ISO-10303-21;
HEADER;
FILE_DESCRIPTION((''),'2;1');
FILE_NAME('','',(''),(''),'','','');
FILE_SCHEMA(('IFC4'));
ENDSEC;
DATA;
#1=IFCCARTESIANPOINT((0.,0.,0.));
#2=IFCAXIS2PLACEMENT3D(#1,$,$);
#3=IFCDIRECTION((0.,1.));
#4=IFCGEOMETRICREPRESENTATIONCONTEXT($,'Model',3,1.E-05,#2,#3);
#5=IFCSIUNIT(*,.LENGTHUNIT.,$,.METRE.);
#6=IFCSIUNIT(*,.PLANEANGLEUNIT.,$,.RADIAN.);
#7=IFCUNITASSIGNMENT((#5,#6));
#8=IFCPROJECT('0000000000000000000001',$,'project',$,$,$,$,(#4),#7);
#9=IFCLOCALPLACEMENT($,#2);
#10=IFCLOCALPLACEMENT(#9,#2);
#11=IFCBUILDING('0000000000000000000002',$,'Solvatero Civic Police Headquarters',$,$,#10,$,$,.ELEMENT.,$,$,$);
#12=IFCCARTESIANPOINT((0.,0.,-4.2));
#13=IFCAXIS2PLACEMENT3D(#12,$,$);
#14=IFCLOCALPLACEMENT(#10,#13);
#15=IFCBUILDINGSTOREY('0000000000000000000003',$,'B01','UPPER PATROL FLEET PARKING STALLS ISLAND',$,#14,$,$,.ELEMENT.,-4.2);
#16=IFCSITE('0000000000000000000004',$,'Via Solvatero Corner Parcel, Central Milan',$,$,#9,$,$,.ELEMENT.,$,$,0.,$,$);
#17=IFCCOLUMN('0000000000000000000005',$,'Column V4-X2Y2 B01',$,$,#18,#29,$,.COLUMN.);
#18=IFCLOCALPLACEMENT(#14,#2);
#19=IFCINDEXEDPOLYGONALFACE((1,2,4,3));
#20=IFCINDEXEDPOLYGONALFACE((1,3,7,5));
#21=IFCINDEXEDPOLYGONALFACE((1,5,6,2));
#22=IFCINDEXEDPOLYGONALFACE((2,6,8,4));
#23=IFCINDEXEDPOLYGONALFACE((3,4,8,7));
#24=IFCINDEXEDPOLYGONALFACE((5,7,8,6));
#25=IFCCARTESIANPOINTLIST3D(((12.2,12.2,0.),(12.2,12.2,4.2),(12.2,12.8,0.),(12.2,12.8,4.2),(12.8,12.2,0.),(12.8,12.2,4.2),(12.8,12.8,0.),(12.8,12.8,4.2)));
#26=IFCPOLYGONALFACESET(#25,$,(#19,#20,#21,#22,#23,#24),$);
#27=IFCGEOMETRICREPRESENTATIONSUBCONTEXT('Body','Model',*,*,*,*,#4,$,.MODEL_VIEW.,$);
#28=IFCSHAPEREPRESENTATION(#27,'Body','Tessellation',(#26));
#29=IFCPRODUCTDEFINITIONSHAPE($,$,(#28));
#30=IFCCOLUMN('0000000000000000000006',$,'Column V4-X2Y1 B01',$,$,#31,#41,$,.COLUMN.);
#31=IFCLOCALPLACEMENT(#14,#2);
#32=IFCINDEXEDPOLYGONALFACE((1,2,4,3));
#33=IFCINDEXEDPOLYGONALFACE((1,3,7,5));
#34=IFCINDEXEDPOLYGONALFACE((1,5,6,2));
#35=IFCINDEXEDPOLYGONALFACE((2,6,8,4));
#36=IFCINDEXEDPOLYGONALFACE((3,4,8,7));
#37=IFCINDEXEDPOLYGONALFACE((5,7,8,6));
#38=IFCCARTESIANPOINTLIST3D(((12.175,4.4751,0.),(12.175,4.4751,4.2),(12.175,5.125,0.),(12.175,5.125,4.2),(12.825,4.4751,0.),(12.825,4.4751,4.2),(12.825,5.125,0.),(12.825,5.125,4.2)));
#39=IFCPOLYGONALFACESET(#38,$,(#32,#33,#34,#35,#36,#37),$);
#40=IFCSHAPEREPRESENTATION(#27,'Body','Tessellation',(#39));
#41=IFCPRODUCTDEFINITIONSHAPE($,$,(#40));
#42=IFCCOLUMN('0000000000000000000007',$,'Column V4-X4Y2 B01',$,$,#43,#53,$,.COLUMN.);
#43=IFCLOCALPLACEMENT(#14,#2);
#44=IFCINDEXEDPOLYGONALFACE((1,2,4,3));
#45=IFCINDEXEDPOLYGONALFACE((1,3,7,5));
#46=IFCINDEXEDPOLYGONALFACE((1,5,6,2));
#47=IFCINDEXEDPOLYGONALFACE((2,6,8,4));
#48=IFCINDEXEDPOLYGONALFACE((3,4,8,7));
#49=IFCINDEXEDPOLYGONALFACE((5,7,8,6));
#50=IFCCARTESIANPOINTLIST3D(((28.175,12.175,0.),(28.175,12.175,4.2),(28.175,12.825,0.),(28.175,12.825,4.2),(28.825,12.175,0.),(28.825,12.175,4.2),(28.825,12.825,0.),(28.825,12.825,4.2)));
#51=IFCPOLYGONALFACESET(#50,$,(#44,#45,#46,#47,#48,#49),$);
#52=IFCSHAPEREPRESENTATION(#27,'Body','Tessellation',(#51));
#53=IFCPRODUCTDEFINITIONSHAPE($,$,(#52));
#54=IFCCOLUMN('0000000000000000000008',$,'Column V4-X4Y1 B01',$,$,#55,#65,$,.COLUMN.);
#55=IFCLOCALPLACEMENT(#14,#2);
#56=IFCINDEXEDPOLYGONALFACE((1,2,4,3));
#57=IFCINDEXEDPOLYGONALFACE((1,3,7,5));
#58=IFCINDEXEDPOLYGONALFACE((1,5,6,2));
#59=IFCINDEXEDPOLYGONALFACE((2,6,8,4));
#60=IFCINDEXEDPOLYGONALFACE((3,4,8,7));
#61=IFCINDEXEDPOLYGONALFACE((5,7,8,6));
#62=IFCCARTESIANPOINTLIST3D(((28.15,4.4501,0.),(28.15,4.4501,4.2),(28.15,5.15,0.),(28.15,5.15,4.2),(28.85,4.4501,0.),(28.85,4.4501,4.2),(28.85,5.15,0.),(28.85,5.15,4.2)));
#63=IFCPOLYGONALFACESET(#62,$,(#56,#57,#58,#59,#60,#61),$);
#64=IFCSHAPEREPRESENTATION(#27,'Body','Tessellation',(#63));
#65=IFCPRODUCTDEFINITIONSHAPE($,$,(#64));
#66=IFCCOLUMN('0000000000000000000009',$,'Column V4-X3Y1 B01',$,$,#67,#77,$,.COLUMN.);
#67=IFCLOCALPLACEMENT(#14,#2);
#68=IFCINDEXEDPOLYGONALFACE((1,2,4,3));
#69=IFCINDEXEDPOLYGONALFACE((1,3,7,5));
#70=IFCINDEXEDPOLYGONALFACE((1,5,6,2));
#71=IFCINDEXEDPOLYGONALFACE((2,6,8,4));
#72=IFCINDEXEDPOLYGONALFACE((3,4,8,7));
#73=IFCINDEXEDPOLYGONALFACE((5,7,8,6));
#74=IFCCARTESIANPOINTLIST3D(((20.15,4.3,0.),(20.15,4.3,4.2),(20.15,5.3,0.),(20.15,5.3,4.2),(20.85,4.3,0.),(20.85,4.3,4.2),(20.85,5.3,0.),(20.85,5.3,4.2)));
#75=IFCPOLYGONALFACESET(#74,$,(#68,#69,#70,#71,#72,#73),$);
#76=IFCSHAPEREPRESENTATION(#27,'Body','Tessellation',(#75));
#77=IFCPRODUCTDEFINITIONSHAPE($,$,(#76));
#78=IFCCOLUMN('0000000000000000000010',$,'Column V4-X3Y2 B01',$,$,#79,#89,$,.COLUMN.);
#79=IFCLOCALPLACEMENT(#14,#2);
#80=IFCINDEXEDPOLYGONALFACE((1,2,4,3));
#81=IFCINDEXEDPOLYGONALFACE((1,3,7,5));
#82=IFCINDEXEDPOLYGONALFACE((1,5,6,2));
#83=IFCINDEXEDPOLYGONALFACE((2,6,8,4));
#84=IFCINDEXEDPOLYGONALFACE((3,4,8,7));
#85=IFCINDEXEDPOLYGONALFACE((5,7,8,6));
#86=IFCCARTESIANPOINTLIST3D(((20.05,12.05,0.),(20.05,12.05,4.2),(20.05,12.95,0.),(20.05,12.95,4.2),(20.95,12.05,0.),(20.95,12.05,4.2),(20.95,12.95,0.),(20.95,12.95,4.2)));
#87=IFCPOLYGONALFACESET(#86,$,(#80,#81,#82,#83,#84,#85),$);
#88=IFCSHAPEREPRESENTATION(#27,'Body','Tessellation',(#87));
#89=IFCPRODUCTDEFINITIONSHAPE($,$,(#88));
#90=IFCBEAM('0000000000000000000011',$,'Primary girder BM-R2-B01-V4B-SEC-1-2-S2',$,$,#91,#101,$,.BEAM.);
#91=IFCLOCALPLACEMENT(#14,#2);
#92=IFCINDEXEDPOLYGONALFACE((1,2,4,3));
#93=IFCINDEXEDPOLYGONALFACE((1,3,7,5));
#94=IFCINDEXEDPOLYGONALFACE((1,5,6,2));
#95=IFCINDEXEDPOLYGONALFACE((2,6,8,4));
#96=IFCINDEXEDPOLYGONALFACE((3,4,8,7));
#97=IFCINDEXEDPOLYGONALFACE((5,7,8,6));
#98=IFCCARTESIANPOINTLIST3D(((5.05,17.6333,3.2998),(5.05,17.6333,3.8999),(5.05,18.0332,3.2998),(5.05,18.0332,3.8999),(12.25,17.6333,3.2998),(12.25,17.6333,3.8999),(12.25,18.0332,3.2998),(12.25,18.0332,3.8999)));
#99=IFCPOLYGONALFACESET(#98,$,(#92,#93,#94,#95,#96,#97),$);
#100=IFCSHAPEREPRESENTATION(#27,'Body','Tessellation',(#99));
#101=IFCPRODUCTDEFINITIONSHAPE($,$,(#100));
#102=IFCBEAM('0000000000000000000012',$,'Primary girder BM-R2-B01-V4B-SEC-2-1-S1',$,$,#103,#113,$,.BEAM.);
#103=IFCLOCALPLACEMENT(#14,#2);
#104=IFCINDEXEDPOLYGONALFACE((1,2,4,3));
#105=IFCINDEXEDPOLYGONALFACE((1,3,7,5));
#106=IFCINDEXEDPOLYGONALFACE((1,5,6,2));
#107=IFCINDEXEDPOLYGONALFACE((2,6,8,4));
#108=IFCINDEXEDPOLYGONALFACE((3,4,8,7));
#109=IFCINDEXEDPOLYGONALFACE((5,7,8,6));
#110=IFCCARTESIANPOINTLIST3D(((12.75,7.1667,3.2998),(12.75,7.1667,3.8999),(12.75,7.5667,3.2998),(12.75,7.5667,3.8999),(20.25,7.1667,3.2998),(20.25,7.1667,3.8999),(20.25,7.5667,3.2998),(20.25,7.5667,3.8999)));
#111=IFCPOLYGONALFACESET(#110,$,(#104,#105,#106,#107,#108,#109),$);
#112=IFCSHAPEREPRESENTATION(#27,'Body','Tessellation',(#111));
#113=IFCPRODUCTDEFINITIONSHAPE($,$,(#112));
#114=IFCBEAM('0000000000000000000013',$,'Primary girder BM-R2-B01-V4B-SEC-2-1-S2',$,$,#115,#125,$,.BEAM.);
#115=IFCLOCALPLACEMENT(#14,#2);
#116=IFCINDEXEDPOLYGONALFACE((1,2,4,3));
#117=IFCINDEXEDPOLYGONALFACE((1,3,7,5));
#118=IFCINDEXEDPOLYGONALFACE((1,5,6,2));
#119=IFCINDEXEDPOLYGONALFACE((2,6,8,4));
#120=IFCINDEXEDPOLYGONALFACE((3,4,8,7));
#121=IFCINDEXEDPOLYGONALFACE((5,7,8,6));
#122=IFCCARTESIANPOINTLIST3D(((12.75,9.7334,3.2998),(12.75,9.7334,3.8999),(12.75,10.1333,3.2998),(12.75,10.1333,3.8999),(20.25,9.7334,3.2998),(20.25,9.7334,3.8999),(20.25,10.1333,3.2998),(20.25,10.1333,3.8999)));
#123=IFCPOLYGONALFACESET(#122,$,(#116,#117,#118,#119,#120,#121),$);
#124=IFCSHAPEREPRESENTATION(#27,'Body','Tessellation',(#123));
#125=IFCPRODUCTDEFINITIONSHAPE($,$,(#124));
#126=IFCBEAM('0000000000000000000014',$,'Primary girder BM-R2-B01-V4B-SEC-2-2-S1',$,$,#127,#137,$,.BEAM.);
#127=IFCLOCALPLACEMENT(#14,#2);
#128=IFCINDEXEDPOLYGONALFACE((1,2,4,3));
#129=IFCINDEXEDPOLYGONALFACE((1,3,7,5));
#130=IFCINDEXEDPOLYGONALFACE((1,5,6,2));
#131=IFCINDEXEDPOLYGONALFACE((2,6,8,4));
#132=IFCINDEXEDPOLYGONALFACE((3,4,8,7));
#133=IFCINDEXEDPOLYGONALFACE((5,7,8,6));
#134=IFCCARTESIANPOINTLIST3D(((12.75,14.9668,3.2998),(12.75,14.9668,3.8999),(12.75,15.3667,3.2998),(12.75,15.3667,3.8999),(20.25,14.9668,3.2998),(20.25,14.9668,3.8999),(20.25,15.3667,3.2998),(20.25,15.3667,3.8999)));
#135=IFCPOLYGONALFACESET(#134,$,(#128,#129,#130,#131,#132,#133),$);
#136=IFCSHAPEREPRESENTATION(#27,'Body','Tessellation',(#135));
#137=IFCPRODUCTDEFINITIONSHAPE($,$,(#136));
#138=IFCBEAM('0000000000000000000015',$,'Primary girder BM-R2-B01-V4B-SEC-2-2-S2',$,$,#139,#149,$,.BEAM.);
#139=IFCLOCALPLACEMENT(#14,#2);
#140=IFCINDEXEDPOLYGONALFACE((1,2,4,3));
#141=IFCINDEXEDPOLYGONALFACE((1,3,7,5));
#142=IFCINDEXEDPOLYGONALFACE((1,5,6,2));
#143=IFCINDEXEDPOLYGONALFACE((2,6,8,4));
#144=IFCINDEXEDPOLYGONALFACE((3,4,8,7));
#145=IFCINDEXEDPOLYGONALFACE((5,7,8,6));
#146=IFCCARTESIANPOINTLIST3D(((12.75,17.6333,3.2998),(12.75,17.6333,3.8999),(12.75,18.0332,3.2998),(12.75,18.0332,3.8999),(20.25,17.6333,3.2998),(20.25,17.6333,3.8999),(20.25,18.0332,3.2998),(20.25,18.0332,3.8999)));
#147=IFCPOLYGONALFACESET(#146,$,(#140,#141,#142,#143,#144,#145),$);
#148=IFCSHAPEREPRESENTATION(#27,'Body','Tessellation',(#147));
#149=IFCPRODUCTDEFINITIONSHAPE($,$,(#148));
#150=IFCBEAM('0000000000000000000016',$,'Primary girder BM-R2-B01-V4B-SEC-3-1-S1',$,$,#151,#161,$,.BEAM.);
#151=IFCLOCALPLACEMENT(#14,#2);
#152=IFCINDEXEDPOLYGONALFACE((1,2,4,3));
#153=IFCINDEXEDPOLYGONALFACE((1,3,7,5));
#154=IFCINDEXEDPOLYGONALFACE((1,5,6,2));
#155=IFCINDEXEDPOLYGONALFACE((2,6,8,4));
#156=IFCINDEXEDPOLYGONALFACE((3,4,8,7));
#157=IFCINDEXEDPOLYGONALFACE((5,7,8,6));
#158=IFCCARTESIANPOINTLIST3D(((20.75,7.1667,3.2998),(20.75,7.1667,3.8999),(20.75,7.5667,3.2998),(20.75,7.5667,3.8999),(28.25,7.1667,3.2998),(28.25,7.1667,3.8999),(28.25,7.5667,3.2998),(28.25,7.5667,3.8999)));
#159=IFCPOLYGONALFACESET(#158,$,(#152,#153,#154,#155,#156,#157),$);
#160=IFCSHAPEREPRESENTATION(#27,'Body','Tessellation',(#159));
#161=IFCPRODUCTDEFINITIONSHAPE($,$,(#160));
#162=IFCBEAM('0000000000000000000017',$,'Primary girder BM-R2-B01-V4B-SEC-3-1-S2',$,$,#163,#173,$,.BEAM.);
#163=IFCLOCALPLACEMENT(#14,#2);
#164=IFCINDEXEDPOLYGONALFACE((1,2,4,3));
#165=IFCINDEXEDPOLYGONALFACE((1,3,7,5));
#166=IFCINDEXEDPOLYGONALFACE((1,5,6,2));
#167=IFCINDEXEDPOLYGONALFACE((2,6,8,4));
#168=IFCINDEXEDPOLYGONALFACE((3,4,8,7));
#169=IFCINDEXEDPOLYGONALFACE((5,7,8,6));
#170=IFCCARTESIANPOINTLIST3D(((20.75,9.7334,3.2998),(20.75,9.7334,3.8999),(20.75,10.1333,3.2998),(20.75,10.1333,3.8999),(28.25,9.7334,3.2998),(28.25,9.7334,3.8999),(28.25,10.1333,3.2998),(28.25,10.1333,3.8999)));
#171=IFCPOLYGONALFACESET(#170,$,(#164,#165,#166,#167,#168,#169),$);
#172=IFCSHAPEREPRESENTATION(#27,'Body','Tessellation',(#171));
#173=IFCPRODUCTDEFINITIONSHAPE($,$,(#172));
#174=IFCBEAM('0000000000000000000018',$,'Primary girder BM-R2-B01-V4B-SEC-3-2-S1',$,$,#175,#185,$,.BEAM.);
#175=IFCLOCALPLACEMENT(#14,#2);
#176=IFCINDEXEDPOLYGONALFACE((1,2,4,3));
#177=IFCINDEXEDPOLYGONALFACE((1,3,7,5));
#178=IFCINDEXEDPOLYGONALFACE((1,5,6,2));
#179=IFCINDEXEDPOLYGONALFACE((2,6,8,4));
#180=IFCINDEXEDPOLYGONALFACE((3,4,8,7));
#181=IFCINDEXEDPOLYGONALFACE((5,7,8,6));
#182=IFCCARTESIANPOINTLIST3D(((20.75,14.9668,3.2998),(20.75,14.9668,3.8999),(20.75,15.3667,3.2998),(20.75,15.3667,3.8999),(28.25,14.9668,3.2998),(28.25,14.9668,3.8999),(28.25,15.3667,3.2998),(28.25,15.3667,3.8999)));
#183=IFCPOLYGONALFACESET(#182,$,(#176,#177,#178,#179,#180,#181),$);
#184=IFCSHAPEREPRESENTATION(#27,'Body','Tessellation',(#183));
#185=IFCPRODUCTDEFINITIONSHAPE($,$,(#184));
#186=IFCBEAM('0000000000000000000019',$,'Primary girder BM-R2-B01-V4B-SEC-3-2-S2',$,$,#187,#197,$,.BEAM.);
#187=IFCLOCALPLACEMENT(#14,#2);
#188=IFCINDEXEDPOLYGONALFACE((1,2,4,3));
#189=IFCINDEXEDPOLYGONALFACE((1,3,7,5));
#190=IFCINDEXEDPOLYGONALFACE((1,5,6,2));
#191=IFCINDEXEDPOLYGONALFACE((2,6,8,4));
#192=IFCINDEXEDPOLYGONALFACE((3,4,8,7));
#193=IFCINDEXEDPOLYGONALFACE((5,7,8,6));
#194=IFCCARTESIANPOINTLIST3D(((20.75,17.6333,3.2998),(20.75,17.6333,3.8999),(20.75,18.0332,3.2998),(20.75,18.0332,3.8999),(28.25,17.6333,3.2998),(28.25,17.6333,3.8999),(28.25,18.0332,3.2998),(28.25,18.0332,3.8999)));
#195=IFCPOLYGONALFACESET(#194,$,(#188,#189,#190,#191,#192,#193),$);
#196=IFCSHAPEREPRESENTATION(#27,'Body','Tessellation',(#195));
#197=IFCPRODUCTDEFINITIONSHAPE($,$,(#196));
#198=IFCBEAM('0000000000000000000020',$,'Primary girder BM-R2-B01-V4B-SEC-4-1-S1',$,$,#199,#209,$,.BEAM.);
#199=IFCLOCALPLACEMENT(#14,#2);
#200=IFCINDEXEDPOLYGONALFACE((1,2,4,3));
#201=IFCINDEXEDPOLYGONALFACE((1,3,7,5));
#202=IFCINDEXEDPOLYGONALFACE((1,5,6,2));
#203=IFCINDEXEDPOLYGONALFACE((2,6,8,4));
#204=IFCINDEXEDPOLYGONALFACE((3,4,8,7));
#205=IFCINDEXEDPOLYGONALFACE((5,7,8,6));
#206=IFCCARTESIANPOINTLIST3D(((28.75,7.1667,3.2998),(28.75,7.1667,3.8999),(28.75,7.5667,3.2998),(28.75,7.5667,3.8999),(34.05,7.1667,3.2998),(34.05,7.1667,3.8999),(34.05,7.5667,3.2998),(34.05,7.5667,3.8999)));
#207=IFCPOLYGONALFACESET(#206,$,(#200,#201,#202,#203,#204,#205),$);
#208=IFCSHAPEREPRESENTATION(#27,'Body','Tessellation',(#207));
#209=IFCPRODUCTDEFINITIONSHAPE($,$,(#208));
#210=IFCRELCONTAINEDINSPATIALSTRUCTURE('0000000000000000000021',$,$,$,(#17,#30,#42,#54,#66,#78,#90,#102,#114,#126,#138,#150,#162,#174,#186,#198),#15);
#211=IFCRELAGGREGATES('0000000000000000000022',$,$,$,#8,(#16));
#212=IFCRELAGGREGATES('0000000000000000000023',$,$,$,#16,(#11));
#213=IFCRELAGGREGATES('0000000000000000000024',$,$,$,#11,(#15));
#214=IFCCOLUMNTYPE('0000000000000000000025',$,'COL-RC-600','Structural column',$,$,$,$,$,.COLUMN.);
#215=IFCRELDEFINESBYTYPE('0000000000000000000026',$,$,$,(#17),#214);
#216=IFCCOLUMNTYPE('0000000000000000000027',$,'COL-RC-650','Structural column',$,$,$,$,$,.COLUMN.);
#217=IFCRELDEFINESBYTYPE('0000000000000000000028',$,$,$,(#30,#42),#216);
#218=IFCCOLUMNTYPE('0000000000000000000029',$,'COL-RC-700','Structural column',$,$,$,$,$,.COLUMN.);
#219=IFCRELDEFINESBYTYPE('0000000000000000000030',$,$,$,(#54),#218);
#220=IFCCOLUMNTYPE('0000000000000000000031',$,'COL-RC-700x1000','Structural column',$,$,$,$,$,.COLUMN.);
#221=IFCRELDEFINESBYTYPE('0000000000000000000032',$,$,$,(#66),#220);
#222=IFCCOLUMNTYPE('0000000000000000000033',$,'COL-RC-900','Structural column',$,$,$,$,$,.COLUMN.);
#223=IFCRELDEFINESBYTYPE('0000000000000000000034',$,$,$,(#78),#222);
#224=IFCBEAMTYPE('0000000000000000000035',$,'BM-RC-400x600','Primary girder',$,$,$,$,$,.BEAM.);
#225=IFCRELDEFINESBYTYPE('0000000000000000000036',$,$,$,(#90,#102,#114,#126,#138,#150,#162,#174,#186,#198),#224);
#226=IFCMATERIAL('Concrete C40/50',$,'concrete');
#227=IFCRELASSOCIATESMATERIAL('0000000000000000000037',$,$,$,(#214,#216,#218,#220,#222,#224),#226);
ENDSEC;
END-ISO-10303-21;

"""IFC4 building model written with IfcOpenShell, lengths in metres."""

from ifc_helpers import new_model, si_unit, direction, frame, origin, origin_2d, place, context, subcontext, project, spatial, rectangle, extrude, material, material_profile, profile_set, type_object, element, save


model = new_model("IFC4")

# Units and contexts
model_context = context("Model", 3, precision=1e-05, world=origin(), true_north=direction((0.0, 1.0)))
body_context = subcontext(model_context, "Body", "Model", "MODEL_VIEW")
ifc_project = project(units=[si_unit("LENGTHUNIT", "METRE"), si_unit("PLANEANGLEUNIT", "RADIAN")], contexts=[model_context])

# Site, building, storey
site_placement = place(None, origin())
site = spatial("IfcSite", under=ifc_project, at=site_placement, Name="Via Solvatero Corner Parcel, Central Milan", CompositionType="ELEMENT", RefElevation=0.0)
building_placement = place(site_placement, origin())
building = spatial("IfcBuilding", under=site, at=building_placement, Name="Solvatero Civic Police Headquarters", CompositionType="ELEMENT")
storey_placement = place(building_placement, frame((0.0, 0.0, -4.2)))
storey = spatial("IfcBuildingStorey", under=building, at=storey_placement, Name="B01", Description="UPPER PATROL FLEET PARKING STALLS ISLAND", CompositionType="ELEMENT", Elevation=-4.2)

# Columns
ifc_material = material(Name="Concrete C40/50", Category="concrete")
ifc_material_profile_1 = material_profile(ifc_material, rectangle(XDim=0.6001, YDim=0.6001, at=origin_2d()), Name="RC 600x600")
ifc_profile_set_1 = profile_set([ifc_material_profile_1], Name="Concrete C40/50")
column_type_1 = type_object("IfcColumnType", Name="COL-RC-600", Description="Structural column", PredefinedType="COLUMN", material=ifc_profile_set_1)
column_1_placement = place(storey_placement, frame((12.5, 12.5, 0.0), z_axis=(0.0, 0.0, 1.0), x_axis=(1.0, 0.0, 0.0)))
element("IfcColumn", 1, at=column_1_placement, inside=storey, type_object=column_type_1, Name="Column V4-X2Y2 B01", PredefinedType="COLUMN", context=body_context, shape_type="SweptSolid", body=[
    extrude(rectangle(XDim=0.6001, YDim=0.6001, at=origin_2d()), origin(), (0.0, 0.0, 1.0), 4.2),
])
ifc_material_profile_2 = material_profile(ifc_material, rectangle(XDim=0.6499, YDim=0.6499, at=origin_2d()), Name="RC 650x650")
ifc_profile_set_2 = profile_set([ifc_material_profile_2], Name="Concrete C40/50")
column_type_2 = type_object("IfcColumnType", Name="COL-RC-650", Description="Structural column", PredefinedType="COLUMN", material=ifc_profile_set_2)
for number, where, z_axis, x_axis, name in (
    (2, (12.5, 4.8, 0.0), (0.0, 0.0, 1.0), (1.0, 0.0, 0.0), "Column V4-X2Y1 B01"),
    (3, (28.5, 12.5, 0.0), (0.0, 0.0, 1.0), (1.0, 0.0, 0.0), "Column V4-X4Y2 B01"),
):
    element("IfcColumn", number, at=place(storey_placement, frame(where, z_axis=z_axis, x_axis=x_axis)), inside=storey, type_object=column_type_2, Name=name, PredefinedType="COLUMN", context=body_context, shape_type="SweptSolid", body=[
        extrude(rectangle(XDim=0.6499, YDim=0.6499, at=origin_2d()), origin(), (0.0, 0.0, 1.0), 4.2),
    ])
ifc_material_profile_3 = material_profile(ifc_material, rectangle(XDim=0.7, YDim=0.7, at=origin_2d()), Name="RC 700x700")
ifc_profile_set_3 = profile_set([ifc_material_profile_3], Name="Concrete C40/50")
column_type_3 = type_object("IfcColumnType", Name="COL-RC-700", Description="Structural column", PredefinedType="COLUMN", material=ifc_profile_set_3)
column_2_placement = place(storey_placement, frame((28.5, 4.8, 0.0), z_axis=(0.0, 0.0, 1.0), x_axis=(1.0, 0.0, 0.0)))
element("IfcColumn", 4, at=column_2_placement, inside=storey, type_object=column_type_3, Name="Column V4-X4Y1 B01", PredefinedType="COLUMN", context=body_context, shape_type="SweptSolid", body=[
    extrude(rectangle(XDim=0.7, YDim=0.7, at=origin_2d()), origin(), (0.0, 0.0, 1.0), 4.2),
])
ifc_material_profile_4 = material_profile(ifc_material, rectangle(XDim=0.7, YDim=1.0, at=origin_2d()), Name="RC 700x1000")
ifc_profile_set_4 = profile_set([ifc_material_profile_4], Name="Concrete C40/50")
column_type_4 = type_object("IfcColumnType", Name="COL-RC-700x1000", Description="Structural column", PredefinedType="COLUMN", material=ifc_profile_set_4)
column_3_placement = place(storey_placement, frame((20.5, 4.8, 0.0), z_axis=(0.0, 0.0, 1.0), x_axis=(1.0, 0.0, 0.0)))
element("IfcColumn", 5, at=column_3_placement, inside=storey, type_object=column_type_4, Name="Column V4-X3Y1 B01", PredefinedType="COLUMN", context=body_context, shape_type="SweptSolid", body=[
    extrude(rectangle(XDim=0.7, YDim=1.0, at=origin_2d()), origin(), (0.0, 0.0, 1.0), 4.2),
])
ifc_material_profile_5 = material_profile(ifc_material, rectangle(XDim=0.8999, YDim=0.8999, at=origin_2d()), Name="RC 900x900")
ifc_profile_set_5 = profile_set([ifc_material_profile_5], Name="Concrete C40/50")
column_type_5 = type_object("IfcColumnType", Name="COL-RC-900", Description="Structural column", PredefinedType="COLUMN", material=ifc_profile_set_5)
column_4_placement = place(storey_placement, frame((20.5, 12.5, 0.0), z_axis=(0.0, 0.0, 1.0), x_axis=(1.0, 0.0, 0.0)))
element("IfcColumn", 6, at=column_4_placement, inside=storey, type_object=column_type_5, Name="Column V4-X3Y2 B01", PredefinedType="COLUMN", context=body_context, shape_type="SweptSolid", body=[
    extrude(rectangle(XDim=0.8999, YDim=0.8999, at=origin_2d()), origin(), (0.0, 0.0, 1.0), 4.2),
])

# Beams
ifc_material_profile_6 = material_profile(ifc_material, rectangle(XDim=0.3999, YDim=0.6001, at=origin_2d()), Name="RC 400x600")
ifc_profile_set_6 = profile_set([ifc_material_profile_6], Name="Concrete C40/50")
beam_type_1 = type_object("IfcBeamType", Name="BM-RC-400x600", Description="Primary girder", PredefinedType="BEAM", material=ifc_profile_set_6)
beam_1_placement = place(storey_placement, frame((5.05, 17.8333, 3.5999), z_axis=(1.0, 0.0, 0.0), x_axis=(0.0, 1.0, 0.0)))
element("IfcBeam", 7, at=beam_1_placement, inside=storey, type_object=beam_type_1, Name="Primary girder BM-R2-B01-V4B-SEC-1-2-S2", PredefinedType="BEAM", context=body_context, shape_type="SweptSolid", body=[
    extrude(rectangle(XDim=0.3999, YDim=0.6001, at=origin_2d()), origin(), (0.0, 0.0, 1.0), 7.2),
])
for number, where, z_axis, x_axis, name in (
    (8, (12.75, 7.3667, 3.5999), (1.0, 0.0, 0.0), (0.0, 1.0, 0.0), "Primary girder BM-R2-B01-V4B-SEC-2-1-S1"),
    (9, (12.75, 9.9333, 3.5999), (1.0, 0.0, 0.0), (0.0, 1.0, 0.0), "Primary girder BM-R2-B01-V4B-SEC-2-1-S2"),
    (10, (12.75, 15.1667, 3.5999), (1.0, 0.0, 0.0), (0.0, 1.0, 0.0), "Primary girder BM-R2-B01-V4B-SEC-2-2-S1"),
    (11, (12.75, 17.8333, 3.5999), (1.0, 0.0, 0.0), (0.0, 1.0, 0.0), "Primary girder BM-R2-B01-V4B-SEC-2-2-S2"),
    (12, (20.75, 7.3667, 3.5999), (1.0, 0.0, 0.0), (0.0, 1.0, 0.0), "Primary girder BM-R2-B01-V4B-SEC-3-1-S1"),
    (13, (20.75, 9.9333, 3.5999), (1.0, 0.0, 0.0), (0.0, 1.0, 0.0), "Primary girder BM-R2-B01-V4B-SEC-3-1-S2"),
    (14, (20.75, 15.1667, 3.5999), (1.0, 0.0, 0.0), (0.0, 1.0, 0.0), "Primary girder BM-R2-B01-V4B-SEC-3-2-S1"),
    (15, (20.75, 17.8333, 3.5999), (1.0, 0.0, 0.0), (0.0, 1.0, 0.0), "Primary girder BM-R2-B01-V4B-SEC-3-2-S2"),
):
    element("IfcBeam", number, at=place(storey_placement, frame(where, z_axis=z_axis, x_axis=x_axis)), inside=storey, type_object=beam_type_1, Name=name, PredefinedType="BEAM", context=body_context, shape_type="SweptSolid", body=[
        extrude(rectangle(XDim=0.3999, YDim=0.6001, at=origin_2d()), origin(), (0.0, 0.0, 1.0), 7.5),
    ])
for number, where, z_axis, x_axis, name in (
    (16, (28.75, 7.3667, 3.5999), (1.0, 0.0, 0.0), (0.0, 1.0, 0.0), "Primary girder BM-R2-B01-V4B-SEC-4-1-S1"),
):
    element("IfcBeam", number, at=place(storey_placement, frame(where, z_axis=z_axis, x_axis=x_axis)), inside=storey, type_object=beam_type_1, Name=name, PredefinedType="BEAM", context=body_context, shape_type="SweptSolid", body=[
        extrude(rectangle(XDim=0.3999, YDim=0.6001, at=origin_2d()), origin(), (0.0, 0.0, 1.0), 5.3),
    ])

save(model, "model.ifc")
